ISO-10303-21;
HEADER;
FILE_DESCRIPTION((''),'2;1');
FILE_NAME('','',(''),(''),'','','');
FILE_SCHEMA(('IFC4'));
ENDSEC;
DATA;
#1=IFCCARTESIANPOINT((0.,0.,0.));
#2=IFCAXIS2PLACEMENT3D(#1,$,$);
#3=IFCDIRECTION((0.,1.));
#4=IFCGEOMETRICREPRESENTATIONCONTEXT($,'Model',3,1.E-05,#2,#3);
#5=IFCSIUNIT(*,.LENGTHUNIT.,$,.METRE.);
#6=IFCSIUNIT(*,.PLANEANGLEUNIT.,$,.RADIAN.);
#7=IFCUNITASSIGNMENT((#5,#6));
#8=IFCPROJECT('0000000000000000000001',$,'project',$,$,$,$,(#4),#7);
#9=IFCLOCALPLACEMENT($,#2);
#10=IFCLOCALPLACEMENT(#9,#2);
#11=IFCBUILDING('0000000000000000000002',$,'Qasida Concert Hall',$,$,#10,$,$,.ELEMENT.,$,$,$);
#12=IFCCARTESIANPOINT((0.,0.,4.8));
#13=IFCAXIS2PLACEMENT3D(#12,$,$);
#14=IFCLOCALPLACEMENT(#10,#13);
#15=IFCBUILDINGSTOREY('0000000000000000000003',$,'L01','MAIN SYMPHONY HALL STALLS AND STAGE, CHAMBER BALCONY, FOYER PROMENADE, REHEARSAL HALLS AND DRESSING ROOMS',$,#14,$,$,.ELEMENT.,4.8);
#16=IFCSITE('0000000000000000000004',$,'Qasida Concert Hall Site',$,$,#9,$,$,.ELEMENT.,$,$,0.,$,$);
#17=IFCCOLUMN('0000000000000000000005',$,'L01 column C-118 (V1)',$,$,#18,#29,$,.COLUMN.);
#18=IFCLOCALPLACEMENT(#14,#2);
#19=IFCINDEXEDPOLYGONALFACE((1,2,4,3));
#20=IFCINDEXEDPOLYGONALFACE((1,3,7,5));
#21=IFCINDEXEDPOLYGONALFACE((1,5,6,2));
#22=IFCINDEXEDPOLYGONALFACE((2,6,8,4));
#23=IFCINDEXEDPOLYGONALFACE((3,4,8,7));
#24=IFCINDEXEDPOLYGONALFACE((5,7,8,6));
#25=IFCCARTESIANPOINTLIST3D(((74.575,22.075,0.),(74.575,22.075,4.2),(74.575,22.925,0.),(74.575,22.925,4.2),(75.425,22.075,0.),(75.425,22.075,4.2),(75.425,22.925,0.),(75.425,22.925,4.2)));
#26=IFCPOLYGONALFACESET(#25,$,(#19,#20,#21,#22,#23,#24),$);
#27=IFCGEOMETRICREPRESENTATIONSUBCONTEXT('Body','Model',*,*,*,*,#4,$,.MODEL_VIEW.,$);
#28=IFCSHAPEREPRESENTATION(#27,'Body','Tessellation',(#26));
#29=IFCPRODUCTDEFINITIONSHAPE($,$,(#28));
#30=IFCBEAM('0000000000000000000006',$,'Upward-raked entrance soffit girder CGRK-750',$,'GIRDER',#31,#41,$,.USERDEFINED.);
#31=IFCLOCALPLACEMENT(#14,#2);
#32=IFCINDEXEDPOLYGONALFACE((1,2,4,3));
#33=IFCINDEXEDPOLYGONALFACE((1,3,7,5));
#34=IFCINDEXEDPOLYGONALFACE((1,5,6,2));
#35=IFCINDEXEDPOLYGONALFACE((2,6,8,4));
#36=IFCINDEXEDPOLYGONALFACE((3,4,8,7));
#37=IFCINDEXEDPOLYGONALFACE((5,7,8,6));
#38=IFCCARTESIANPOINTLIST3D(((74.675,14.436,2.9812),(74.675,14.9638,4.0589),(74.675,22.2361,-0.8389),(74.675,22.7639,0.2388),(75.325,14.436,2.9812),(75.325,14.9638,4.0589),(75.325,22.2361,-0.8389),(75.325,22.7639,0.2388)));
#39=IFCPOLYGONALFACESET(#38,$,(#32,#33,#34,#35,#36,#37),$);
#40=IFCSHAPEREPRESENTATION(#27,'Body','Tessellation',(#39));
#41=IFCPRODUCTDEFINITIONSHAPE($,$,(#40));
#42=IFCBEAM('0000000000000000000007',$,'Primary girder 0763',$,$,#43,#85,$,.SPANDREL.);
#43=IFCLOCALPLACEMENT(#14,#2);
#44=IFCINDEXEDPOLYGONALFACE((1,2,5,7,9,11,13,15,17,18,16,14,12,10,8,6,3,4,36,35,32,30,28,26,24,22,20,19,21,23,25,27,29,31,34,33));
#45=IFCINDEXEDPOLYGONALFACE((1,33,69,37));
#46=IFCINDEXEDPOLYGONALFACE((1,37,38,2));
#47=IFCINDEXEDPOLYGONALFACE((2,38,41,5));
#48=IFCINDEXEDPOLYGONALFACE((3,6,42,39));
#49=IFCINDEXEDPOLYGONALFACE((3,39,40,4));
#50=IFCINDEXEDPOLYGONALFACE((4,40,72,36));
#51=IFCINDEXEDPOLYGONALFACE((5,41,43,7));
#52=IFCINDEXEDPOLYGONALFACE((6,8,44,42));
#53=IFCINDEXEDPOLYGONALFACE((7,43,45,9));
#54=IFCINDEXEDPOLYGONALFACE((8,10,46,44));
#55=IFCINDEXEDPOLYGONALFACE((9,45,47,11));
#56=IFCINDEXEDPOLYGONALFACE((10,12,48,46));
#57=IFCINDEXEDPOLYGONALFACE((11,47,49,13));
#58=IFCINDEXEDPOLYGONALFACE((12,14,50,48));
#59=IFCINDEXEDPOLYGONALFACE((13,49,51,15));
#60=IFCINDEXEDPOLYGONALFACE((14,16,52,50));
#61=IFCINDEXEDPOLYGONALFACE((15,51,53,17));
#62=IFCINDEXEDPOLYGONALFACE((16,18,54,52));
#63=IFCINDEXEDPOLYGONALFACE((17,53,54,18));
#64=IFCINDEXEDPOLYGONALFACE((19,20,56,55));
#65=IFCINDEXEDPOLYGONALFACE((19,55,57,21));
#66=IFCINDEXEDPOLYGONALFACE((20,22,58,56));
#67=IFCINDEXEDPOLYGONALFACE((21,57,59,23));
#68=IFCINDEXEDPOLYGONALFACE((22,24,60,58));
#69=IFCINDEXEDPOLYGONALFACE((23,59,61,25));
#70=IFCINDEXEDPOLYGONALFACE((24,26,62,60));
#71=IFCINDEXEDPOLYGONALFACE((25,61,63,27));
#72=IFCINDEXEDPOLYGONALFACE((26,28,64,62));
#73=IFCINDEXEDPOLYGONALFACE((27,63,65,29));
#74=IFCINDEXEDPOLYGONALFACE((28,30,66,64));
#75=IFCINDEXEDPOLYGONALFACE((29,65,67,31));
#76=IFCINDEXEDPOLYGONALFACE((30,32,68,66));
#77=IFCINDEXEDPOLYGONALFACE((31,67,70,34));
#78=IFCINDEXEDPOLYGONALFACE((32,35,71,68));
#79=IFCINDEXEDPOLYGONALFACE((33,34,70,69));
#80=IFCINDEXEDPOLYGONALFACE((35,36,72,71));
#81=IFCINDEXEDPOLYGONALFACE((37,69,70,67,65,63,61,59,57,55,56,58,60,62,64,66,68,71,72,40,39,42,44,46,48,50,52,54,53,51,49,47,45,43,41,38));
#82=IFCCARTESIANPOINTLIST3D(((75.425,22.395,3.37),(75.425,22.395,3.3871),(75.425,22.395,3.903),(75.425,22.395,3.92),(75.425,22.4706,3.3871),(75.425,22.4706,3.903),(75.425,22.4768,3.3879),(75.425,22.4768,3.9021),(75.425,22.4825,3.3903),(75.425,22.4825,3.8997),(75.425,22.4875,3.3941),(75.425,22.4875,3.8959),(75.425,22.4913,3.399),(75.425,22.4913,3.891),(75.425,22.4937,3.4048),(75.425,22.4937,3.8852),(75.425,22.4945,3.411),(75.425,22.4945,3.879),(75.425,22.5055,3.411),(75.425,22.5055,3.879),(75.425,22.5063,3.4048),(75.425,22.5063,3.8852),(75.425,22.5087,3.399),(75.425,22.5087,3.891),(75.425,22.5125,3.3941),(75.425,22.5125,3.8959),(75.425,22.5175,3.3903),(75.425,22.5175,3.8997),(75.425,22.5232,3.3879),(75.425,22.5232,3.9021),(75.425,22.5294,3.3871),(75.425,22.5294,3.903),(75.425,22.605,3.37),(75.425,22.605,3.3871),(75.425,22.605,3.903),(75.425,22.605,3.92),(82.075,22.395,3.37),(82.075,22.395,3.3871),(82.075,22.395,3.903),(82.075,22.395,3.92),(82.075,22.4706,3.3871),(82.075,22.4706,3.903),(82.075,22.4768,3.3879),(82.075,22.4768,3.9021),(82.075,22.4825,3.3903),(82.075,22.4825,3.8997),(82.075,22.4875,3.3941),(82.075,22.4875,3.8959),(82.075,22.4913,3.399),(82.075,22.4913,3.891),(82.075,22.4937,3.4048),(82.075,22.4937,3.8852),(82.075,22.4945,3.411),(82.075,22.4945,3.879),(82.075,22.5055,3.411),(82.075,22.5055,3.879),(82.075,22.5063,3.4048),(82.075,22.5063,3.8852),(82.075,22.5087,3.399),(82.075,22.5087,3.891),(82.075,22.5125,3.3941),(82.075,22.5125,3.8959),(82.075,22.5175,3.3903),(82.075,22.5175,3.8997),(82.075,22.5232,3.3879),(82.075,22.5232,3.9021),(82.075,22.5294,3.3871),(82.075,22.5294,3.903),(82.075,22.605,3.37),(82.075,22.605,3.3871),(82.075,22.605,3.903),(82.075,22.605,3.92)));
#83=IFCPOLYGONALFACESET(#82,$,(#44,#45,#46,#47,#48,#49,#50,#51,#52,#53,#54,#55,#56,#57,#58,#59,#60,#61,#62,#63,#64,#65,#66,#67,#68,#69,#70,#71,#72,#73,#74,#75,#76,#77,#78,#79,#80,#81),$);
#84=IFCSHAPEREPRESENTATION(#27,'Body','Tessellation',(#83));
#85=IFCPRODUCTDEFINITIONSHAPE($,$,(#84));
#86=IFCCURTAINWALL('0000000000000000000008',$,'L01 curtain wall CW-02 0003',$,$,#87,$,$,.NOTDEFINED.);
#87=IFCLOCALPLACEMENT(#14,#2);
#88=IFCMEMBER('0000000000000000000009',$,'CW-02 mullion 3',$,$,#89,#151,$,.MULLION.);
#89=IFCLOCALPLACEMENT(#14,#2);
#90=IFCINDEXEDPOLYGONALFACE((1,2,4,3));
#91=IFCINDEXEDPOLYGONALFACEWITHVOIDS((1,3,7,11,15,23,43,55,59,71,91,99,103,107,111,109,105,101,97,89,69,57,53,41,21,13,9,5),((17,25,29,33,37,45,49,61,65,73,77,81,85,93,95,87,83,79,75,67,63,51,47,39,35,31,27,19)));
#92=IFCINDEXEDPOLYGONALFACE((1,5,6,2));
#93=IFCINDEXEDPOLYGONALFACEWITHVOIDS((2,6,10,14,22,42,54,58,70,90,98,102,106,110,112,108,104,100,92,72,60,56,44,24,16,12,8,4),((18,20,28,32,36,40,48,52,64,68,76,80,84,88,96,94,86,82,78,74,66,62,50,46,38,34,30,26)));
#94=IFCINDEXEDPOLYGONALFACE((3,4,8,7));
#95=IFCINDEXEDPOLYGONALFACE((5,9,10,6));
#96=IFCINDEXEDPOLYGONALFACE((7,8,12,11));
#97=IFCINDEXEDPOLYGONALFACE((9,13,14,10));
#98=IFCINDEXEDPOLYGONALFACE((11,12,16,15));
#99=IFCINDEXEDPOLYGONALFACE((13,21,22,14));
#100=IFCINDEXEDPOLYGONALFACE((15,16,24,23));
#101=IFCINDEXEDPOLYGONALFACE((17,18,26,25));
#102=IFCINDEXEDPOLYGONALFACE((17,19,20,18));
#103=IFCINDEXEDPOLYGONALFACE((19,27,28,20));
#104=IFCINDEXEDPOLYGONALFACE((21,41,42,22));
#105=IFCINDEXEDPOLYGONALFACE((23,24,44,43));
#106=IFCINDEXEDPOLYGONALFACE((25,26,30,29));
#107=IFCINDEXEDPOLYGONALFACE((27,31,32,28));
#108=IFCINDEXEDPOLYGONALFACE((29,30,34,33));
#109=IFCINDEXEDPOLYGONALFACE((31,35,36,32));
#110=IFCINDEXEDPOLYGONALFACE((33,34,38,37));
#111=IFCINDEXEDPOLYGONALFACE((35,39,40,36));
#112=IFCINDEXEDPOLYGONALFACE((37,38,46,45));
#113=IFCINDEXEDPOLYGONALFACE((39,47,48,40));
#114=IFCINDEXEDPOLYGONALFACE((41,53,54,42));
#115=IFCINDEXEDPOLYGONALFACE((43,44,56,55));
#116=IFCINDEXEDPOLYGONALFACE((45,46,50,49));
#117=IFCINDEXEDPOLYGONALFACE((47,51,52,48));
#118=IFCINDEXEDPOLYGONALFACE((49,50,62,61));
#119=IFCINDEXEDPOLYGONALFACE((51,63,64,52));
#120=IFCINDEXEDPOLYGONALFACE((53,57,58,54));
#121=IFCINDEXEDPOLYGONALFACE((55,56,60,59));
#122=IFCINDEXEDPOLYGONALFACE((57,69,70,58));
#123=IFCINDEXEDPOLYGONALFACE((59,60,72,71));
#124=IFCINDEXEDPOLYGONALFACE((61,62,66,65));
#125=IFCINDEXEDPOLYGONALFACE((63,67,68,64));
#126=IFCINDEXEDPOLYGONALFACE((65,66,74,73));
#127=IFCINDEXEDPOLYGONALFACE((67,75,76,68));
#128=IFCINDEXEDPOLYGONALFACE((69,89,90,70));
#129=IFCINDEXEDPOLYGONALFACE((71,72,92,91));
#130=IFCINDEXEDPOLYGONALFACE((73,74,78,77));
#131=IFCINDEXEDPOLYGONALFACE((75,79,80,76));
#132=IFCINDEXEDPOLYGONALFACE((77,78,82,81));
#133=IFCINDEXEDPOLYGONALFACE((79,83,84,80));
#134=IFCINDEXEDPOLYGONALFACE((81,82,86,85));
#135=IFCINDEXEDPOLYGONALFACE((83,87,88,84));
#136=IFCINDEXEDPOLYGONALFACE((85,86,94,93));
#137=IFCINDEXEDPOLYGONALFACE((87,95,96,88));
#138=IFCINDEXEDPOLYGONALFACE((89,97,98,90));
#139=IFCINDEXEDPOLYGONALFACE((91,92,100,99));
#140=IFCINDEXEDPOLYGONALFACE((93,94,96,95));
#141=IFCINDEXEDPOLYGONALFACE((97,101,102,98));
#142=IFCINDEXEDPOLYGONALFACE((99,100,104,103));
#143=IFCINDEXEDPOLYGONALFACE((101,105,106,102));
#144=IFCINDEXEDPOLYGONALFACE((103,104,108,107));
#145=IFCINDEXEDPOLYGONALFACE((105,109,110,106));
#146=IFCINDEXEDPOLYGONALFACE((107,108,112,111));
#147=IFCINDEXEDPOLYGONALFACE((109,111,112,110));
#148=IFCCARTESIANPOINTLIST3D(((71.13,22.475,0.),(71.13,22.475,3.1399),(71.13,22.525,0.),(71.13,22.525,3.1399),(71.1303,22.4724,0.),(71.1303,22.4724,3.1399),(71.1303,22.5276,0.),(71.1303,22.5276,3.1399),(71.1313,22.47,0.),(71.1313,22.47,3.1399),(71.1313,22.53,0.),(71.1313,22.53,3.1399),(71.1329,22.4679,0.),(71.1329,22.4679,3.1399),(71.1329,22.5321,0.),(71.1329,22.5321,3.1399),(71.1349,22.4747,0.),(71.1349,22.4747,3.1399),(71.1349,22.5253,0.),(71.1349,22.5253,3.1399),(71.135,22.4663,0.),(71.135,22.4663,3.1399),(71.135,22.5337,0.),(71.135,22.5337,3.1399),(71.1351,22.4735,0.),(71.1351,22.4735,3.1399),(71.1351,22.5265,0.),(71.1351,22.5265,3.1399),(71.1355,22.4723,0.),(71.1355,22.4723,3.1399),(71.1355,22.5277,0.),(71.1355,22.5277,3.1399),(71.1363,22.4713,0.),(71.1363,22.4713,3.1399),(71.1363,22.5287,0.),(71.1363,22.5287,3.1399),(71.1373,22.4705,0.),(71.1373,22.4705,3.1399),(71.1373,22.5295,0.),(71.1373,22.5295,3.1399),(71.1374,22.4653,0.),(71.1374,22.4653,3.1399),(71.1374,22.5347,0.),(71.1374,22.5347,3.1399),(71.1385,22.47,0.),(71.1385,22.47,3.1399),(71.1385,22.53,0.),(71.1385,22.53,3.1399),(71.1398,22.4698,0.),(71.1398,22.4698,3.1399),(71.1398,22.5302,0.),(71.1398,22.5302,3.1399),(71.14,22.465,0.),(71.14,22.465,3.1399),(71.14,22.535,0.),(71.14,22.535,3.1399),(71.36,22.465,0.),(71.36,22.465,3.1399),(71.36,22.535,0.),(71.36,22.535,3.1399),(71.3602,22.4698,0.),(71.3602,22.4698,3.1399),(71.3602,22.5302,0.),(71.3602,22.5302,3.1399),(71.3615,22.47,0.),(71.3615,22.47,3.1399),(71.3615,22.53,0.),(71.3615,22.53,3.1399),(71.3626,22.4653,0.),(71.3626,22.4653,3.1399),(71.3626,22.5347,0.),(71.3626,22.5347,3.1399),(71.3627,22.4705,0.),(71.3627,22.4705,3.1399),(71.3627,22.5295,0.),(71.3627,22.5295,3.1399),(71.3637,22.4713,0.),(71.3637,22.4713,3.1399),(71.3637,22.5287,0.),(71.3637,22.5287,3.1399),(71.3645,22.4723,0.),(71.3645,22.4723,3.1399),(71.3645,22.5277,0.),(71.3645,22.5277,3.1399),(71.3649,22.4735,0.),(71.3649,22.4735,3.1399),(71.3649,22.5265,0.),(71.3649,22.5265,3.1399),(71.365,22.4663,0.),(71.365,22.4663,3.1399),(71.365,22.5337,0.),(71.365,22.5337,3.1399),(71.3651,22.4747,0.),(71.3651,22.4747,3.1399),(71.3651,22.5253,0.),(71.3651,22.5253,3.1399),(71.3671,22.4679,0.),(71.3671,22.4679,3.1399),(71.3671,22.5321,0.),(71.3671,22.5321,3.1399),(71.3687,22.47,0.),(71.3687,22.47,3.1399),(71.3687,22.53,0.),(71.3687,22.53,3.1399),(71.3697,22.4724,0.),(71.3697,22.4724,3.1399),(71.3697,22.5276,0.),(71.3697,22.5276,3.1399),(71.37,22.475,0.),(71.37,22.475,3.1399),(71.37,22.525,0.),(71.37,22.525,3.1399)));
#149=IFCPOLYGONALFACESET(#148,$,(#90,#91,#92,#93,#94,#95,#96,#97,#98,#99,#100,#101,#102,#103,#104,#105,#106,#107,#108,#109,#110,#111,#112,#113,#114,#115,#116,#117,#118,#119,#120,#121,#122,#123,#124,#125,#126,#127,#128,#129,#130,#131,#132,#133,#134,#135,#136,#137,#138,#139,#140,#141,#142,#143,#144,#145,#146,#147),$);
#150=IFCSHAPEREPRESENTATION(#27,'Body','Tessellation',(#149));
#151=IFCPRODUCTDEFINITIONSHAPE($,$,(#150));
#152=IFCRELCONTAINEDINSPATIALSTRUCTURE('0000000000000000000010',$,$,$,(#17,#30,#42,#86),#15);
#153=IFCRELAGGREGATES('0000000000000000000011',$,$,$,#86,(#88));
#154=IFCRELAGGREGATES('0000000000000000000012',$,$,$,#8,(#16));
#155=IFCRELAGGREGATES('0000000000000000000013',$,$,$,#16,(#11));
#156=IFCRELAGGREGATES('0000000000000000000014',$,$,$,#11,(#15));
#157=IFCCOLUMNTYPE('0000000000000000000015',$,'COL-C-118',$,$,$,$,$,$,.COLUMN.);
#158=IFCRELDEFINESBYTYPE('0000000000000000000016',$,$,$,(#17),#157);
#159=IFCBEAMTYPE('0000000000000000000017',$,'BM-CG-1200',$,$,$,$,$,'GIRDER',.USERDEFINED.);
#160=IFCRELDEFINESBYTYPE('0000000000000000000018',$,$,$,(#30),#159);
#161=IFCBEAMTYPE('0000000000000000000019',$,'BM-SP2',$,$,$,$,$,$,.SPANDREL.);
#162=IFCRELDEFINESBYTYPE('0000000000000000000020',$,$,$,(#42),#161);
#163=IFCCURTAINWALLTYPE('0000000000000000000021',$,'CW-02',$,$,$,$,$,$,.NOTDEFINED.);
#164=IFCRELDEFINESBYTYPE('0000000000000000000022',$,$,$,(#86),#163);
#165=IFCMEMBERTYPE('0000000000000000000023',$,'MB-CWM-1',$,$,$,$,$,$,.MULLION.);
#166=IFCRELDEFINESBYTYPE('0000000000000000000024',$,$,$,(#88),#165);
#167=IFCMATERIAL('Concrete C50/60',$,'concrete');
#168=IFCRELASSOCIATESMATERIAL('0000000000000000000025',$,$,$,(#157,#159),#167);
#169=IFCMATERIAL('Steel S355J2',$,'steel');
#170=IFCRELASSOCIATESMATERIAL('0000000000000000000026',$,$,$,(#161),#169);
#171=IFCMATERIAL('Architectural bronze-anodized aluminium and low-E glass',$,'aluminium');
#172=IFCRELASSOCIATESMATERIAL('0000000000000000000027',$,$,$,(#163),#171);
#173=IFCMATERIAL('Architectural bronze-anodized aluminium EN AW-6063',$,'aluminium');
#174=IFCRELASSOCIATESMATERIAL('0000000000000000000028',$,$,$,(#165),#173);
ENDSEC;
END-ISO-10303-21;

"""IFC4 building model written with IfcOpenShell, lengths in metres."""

from ifc_helpers import new_model, si_unit, direction, frame, origin, origin_2d, place, context, subcontext, project, spatial, rectangle, hollow_rectangle, i_section, extrude, material, material_profile, profile_set, type_object, element, aggregate, save


model = new_model("IFC4")

# Units and contexts
model_context = context("Model", 3, precision=1e-05, world=origin(), true_north=direction((0.0, 1.0)))
body_context = subcontext(model_context, "Body", "Model", "MODEL_VIEW")
ifc_project = project(units=[si_unit("LENGTHUNIT", "METRE"), si_unit("PLANEANGLEUNIT", "RADIAN")], contexts=[model_context])

# Site, building, storey
site_placement = place(None, origin())
site = spatial("IfcSite", under=ifc_project, at=site_placement, Name="Qasida Concert Hall Site", CompositionType="ELEMENT", RefElevation=0.0)
building_placement = place(site_placement, origin())
building = spatial("IfcBuilding", under=site, at=building_placement, Name="Qasida Concert Hall", CompositionType="ELEMENT")
storey_placement = place(building_placement, frame((0.0, 0.0, 4.8)))
storey = spatial("IfcBuildingStorey", under=building, at=storey_placement, Name="L01", Description="MAIN SYMPHONY HALL STALLS AND STAGE, CHAMBER BALCONY, FOYER PROMENADE, REHEARSAL HALLS AND DRESSING ROOMS", CompositionType="ELEMENT", Elevation=4.8)

# Column
ifc_material_1 = material(Name="Concrete C50/60", Category="concrete")
ifc_material_profile_1 = material_profile(ifc_material_1, rectangle(XDim=0.8501, YDim=0.8501, at=origin_2d()), Name="RC 850x850")
ifc_profile_set_1 = profile_set([ifc_material_profile_1], Name="Concrete C50/60")
column_type = type_object("IfcColumnType", Name="COL-C-118", PredefinedType="COLUMN", material=ifc_profile_set_1)
column_placement = place(storey_placement, frame((75.0, 22.5, 0.0), z_axis=(0.0, 0.0, 1.0), x_axis=(1.0, 0.0, 0.0)))
element("IfcColumn", 1, at=column_placement, inside=storey, type_object=column_type, Name="L01 column C-118 (V1)", PredefinedType="COLUMN", context=body_context, shape_type="SweptSolid", body=[
    extrude(rectangle(XDim=0.8501, YDim=0.8501, at=origin_2d()), origin(), (0.0, 0.0, 1.0), 4.2),
])

# Beams
ifc_material_profile_2 = material_profile(ifc_material_1, rectangle(XDim=0.6499, YDim=1.2, at=origin_2d()), Name="RC 650x1200")
ifc_profile_set_2 = profile_set([ifc_material_profile_2], Name="Concrete C50/60")
beam_type_1 = type_object("IfcBeamType", Name="BM-CG-1200", ElementType="GIRDER", PredefinedType="USERDEFINED", material=ifc_profile_set_2)
beam_1_placement = place(storey_placement, frame((75.0, 22.5, -0.3), z_axis=(0.0, -0.898079, 0.439834), x_axis=(1.0, 0.0, 0.0)))
element("IfcBeam", 2, at=beam_1_placement, inside=storey, type_object=beam_type_1, Name="Upward-raked entrance soffit girder CGRK-750", ObjectType="GIRDER", PredefinedType="USERDEFINED", context=body_context, shape_type="SweptSolid", body=[
    extrude(rectangle(XDim=0.6499, YDim=1.2, at=origin_2d()), origin(), (0.0, 0.0, 1.0), 8.6853),
])
ifc_material_2 = material(Name="Steel S355J2", Category="steel")
ifc_material_profile_3 = material_profile(ifc_material_2, i_section(OverallWidth=0.21, OverallDepth=0.55, WebThickness=0.011, FlangeThickness=0.0171, FilletRadius=0.0239, at=origin_2d()), Name="IPE 550")
ifc_profile_set_3 = profile_set([ifc_material_profile_3], Name="Steel S355J2")
beam_type_2 = type_object("IfcBeamType", Name="BM-SP2", PredefinedType="SPANDREL", material=ifc_profile_set_3)
beam_2_placement = place(storey_placement, frame((75.425, 22.5, 3.645), z_axis=(1.0, 0.0, 0.0), x_axis=(0.0, 1.0, 0.0)))
element("IfcBeam", 3, at=beam_2_placement, inside=storey, type_object=beam_type_2, Name="Primary girder 0763", PredefinedType="SPANDREL", context=body_context, shape_type="SweptSolid", body=[
    extrude(i_section(OverallWidth=0.21, OverallDepth=0.55, WebThickness=0.011, FlangeThickness=0.0171, FilletRadius=0.0239, at=origin_2d()), origin(), (0.0, 0.0, 1.0), 6.6499),
])

# Curtain wall, member
ifc_material_3 = material(Name="Architectural bronze-anodized aluminium and low-E glass", Category="aluminium")
curtain_wall_type = type_object("IfcCurtainWallType", Name="CW-02", PredefinedType="NOTDEFINED", material=ifc_material_3)
curtain_wall_1_placement = place(storey_placement, origin())
curtain_wall_1 = element("IfcCurtainWall", 4, at=curtain_wall_1_placement, inside=storey, type_object=curtain_wall_type, Name="L01 curtain wall CW-02 0003", PredefinedType="NOTDEFINED")
ifc_material_4 = material(Name="Architectural bronze-anodized aluminium EN AW-6063", Category="aluminium")
ifc_material_profile_4 = material_profile(ifc_material_4, hollow_rectangle(XDim=0.0701, YDim=0.24, WallThickness=0.0049, InnerFilletRadius=0.0049, OuterFilletRadius=0.01, at=origin_2d()), Name="CWM 240x70x5")
ifc_profile_set_4 = profile_set([ifc_material_profile_4], Name="Architectural bronze-anodized aluminium EN AW-6063")
member_type_1 = type_object("IfcMemberType", Name="MB-CWM-1", PredefinedType="MULLION", material=ifc_profile_set_4)
member_1_placement = place(storey_placement, frame((71.25, 22.5, 0.0), z_axis=(0.0, 0.0, 1.0), x_axis=(0.0, 1.0, 0.0)))
member_1 = element("IfcMember", 5, at=member_1_placement, type_object=member_type_1, Name="CW-02 mullion 3", PredefinedType="MULLION", context=body_context, shape_type="SweptSolid", body=[
    extrude(hollow_rectangle(XDim=0.0701, YDim=0.24, WallThickness=0.0049, InnerFilletRadius=0.0049, OuterFilletRadius=0.01, at=origin_2d()), origin(), (0.0, 0.0, 1.0), 3.1399),
])

aggregate(curtain_wall_1, [member_1])

save(model, "model.ifc")
